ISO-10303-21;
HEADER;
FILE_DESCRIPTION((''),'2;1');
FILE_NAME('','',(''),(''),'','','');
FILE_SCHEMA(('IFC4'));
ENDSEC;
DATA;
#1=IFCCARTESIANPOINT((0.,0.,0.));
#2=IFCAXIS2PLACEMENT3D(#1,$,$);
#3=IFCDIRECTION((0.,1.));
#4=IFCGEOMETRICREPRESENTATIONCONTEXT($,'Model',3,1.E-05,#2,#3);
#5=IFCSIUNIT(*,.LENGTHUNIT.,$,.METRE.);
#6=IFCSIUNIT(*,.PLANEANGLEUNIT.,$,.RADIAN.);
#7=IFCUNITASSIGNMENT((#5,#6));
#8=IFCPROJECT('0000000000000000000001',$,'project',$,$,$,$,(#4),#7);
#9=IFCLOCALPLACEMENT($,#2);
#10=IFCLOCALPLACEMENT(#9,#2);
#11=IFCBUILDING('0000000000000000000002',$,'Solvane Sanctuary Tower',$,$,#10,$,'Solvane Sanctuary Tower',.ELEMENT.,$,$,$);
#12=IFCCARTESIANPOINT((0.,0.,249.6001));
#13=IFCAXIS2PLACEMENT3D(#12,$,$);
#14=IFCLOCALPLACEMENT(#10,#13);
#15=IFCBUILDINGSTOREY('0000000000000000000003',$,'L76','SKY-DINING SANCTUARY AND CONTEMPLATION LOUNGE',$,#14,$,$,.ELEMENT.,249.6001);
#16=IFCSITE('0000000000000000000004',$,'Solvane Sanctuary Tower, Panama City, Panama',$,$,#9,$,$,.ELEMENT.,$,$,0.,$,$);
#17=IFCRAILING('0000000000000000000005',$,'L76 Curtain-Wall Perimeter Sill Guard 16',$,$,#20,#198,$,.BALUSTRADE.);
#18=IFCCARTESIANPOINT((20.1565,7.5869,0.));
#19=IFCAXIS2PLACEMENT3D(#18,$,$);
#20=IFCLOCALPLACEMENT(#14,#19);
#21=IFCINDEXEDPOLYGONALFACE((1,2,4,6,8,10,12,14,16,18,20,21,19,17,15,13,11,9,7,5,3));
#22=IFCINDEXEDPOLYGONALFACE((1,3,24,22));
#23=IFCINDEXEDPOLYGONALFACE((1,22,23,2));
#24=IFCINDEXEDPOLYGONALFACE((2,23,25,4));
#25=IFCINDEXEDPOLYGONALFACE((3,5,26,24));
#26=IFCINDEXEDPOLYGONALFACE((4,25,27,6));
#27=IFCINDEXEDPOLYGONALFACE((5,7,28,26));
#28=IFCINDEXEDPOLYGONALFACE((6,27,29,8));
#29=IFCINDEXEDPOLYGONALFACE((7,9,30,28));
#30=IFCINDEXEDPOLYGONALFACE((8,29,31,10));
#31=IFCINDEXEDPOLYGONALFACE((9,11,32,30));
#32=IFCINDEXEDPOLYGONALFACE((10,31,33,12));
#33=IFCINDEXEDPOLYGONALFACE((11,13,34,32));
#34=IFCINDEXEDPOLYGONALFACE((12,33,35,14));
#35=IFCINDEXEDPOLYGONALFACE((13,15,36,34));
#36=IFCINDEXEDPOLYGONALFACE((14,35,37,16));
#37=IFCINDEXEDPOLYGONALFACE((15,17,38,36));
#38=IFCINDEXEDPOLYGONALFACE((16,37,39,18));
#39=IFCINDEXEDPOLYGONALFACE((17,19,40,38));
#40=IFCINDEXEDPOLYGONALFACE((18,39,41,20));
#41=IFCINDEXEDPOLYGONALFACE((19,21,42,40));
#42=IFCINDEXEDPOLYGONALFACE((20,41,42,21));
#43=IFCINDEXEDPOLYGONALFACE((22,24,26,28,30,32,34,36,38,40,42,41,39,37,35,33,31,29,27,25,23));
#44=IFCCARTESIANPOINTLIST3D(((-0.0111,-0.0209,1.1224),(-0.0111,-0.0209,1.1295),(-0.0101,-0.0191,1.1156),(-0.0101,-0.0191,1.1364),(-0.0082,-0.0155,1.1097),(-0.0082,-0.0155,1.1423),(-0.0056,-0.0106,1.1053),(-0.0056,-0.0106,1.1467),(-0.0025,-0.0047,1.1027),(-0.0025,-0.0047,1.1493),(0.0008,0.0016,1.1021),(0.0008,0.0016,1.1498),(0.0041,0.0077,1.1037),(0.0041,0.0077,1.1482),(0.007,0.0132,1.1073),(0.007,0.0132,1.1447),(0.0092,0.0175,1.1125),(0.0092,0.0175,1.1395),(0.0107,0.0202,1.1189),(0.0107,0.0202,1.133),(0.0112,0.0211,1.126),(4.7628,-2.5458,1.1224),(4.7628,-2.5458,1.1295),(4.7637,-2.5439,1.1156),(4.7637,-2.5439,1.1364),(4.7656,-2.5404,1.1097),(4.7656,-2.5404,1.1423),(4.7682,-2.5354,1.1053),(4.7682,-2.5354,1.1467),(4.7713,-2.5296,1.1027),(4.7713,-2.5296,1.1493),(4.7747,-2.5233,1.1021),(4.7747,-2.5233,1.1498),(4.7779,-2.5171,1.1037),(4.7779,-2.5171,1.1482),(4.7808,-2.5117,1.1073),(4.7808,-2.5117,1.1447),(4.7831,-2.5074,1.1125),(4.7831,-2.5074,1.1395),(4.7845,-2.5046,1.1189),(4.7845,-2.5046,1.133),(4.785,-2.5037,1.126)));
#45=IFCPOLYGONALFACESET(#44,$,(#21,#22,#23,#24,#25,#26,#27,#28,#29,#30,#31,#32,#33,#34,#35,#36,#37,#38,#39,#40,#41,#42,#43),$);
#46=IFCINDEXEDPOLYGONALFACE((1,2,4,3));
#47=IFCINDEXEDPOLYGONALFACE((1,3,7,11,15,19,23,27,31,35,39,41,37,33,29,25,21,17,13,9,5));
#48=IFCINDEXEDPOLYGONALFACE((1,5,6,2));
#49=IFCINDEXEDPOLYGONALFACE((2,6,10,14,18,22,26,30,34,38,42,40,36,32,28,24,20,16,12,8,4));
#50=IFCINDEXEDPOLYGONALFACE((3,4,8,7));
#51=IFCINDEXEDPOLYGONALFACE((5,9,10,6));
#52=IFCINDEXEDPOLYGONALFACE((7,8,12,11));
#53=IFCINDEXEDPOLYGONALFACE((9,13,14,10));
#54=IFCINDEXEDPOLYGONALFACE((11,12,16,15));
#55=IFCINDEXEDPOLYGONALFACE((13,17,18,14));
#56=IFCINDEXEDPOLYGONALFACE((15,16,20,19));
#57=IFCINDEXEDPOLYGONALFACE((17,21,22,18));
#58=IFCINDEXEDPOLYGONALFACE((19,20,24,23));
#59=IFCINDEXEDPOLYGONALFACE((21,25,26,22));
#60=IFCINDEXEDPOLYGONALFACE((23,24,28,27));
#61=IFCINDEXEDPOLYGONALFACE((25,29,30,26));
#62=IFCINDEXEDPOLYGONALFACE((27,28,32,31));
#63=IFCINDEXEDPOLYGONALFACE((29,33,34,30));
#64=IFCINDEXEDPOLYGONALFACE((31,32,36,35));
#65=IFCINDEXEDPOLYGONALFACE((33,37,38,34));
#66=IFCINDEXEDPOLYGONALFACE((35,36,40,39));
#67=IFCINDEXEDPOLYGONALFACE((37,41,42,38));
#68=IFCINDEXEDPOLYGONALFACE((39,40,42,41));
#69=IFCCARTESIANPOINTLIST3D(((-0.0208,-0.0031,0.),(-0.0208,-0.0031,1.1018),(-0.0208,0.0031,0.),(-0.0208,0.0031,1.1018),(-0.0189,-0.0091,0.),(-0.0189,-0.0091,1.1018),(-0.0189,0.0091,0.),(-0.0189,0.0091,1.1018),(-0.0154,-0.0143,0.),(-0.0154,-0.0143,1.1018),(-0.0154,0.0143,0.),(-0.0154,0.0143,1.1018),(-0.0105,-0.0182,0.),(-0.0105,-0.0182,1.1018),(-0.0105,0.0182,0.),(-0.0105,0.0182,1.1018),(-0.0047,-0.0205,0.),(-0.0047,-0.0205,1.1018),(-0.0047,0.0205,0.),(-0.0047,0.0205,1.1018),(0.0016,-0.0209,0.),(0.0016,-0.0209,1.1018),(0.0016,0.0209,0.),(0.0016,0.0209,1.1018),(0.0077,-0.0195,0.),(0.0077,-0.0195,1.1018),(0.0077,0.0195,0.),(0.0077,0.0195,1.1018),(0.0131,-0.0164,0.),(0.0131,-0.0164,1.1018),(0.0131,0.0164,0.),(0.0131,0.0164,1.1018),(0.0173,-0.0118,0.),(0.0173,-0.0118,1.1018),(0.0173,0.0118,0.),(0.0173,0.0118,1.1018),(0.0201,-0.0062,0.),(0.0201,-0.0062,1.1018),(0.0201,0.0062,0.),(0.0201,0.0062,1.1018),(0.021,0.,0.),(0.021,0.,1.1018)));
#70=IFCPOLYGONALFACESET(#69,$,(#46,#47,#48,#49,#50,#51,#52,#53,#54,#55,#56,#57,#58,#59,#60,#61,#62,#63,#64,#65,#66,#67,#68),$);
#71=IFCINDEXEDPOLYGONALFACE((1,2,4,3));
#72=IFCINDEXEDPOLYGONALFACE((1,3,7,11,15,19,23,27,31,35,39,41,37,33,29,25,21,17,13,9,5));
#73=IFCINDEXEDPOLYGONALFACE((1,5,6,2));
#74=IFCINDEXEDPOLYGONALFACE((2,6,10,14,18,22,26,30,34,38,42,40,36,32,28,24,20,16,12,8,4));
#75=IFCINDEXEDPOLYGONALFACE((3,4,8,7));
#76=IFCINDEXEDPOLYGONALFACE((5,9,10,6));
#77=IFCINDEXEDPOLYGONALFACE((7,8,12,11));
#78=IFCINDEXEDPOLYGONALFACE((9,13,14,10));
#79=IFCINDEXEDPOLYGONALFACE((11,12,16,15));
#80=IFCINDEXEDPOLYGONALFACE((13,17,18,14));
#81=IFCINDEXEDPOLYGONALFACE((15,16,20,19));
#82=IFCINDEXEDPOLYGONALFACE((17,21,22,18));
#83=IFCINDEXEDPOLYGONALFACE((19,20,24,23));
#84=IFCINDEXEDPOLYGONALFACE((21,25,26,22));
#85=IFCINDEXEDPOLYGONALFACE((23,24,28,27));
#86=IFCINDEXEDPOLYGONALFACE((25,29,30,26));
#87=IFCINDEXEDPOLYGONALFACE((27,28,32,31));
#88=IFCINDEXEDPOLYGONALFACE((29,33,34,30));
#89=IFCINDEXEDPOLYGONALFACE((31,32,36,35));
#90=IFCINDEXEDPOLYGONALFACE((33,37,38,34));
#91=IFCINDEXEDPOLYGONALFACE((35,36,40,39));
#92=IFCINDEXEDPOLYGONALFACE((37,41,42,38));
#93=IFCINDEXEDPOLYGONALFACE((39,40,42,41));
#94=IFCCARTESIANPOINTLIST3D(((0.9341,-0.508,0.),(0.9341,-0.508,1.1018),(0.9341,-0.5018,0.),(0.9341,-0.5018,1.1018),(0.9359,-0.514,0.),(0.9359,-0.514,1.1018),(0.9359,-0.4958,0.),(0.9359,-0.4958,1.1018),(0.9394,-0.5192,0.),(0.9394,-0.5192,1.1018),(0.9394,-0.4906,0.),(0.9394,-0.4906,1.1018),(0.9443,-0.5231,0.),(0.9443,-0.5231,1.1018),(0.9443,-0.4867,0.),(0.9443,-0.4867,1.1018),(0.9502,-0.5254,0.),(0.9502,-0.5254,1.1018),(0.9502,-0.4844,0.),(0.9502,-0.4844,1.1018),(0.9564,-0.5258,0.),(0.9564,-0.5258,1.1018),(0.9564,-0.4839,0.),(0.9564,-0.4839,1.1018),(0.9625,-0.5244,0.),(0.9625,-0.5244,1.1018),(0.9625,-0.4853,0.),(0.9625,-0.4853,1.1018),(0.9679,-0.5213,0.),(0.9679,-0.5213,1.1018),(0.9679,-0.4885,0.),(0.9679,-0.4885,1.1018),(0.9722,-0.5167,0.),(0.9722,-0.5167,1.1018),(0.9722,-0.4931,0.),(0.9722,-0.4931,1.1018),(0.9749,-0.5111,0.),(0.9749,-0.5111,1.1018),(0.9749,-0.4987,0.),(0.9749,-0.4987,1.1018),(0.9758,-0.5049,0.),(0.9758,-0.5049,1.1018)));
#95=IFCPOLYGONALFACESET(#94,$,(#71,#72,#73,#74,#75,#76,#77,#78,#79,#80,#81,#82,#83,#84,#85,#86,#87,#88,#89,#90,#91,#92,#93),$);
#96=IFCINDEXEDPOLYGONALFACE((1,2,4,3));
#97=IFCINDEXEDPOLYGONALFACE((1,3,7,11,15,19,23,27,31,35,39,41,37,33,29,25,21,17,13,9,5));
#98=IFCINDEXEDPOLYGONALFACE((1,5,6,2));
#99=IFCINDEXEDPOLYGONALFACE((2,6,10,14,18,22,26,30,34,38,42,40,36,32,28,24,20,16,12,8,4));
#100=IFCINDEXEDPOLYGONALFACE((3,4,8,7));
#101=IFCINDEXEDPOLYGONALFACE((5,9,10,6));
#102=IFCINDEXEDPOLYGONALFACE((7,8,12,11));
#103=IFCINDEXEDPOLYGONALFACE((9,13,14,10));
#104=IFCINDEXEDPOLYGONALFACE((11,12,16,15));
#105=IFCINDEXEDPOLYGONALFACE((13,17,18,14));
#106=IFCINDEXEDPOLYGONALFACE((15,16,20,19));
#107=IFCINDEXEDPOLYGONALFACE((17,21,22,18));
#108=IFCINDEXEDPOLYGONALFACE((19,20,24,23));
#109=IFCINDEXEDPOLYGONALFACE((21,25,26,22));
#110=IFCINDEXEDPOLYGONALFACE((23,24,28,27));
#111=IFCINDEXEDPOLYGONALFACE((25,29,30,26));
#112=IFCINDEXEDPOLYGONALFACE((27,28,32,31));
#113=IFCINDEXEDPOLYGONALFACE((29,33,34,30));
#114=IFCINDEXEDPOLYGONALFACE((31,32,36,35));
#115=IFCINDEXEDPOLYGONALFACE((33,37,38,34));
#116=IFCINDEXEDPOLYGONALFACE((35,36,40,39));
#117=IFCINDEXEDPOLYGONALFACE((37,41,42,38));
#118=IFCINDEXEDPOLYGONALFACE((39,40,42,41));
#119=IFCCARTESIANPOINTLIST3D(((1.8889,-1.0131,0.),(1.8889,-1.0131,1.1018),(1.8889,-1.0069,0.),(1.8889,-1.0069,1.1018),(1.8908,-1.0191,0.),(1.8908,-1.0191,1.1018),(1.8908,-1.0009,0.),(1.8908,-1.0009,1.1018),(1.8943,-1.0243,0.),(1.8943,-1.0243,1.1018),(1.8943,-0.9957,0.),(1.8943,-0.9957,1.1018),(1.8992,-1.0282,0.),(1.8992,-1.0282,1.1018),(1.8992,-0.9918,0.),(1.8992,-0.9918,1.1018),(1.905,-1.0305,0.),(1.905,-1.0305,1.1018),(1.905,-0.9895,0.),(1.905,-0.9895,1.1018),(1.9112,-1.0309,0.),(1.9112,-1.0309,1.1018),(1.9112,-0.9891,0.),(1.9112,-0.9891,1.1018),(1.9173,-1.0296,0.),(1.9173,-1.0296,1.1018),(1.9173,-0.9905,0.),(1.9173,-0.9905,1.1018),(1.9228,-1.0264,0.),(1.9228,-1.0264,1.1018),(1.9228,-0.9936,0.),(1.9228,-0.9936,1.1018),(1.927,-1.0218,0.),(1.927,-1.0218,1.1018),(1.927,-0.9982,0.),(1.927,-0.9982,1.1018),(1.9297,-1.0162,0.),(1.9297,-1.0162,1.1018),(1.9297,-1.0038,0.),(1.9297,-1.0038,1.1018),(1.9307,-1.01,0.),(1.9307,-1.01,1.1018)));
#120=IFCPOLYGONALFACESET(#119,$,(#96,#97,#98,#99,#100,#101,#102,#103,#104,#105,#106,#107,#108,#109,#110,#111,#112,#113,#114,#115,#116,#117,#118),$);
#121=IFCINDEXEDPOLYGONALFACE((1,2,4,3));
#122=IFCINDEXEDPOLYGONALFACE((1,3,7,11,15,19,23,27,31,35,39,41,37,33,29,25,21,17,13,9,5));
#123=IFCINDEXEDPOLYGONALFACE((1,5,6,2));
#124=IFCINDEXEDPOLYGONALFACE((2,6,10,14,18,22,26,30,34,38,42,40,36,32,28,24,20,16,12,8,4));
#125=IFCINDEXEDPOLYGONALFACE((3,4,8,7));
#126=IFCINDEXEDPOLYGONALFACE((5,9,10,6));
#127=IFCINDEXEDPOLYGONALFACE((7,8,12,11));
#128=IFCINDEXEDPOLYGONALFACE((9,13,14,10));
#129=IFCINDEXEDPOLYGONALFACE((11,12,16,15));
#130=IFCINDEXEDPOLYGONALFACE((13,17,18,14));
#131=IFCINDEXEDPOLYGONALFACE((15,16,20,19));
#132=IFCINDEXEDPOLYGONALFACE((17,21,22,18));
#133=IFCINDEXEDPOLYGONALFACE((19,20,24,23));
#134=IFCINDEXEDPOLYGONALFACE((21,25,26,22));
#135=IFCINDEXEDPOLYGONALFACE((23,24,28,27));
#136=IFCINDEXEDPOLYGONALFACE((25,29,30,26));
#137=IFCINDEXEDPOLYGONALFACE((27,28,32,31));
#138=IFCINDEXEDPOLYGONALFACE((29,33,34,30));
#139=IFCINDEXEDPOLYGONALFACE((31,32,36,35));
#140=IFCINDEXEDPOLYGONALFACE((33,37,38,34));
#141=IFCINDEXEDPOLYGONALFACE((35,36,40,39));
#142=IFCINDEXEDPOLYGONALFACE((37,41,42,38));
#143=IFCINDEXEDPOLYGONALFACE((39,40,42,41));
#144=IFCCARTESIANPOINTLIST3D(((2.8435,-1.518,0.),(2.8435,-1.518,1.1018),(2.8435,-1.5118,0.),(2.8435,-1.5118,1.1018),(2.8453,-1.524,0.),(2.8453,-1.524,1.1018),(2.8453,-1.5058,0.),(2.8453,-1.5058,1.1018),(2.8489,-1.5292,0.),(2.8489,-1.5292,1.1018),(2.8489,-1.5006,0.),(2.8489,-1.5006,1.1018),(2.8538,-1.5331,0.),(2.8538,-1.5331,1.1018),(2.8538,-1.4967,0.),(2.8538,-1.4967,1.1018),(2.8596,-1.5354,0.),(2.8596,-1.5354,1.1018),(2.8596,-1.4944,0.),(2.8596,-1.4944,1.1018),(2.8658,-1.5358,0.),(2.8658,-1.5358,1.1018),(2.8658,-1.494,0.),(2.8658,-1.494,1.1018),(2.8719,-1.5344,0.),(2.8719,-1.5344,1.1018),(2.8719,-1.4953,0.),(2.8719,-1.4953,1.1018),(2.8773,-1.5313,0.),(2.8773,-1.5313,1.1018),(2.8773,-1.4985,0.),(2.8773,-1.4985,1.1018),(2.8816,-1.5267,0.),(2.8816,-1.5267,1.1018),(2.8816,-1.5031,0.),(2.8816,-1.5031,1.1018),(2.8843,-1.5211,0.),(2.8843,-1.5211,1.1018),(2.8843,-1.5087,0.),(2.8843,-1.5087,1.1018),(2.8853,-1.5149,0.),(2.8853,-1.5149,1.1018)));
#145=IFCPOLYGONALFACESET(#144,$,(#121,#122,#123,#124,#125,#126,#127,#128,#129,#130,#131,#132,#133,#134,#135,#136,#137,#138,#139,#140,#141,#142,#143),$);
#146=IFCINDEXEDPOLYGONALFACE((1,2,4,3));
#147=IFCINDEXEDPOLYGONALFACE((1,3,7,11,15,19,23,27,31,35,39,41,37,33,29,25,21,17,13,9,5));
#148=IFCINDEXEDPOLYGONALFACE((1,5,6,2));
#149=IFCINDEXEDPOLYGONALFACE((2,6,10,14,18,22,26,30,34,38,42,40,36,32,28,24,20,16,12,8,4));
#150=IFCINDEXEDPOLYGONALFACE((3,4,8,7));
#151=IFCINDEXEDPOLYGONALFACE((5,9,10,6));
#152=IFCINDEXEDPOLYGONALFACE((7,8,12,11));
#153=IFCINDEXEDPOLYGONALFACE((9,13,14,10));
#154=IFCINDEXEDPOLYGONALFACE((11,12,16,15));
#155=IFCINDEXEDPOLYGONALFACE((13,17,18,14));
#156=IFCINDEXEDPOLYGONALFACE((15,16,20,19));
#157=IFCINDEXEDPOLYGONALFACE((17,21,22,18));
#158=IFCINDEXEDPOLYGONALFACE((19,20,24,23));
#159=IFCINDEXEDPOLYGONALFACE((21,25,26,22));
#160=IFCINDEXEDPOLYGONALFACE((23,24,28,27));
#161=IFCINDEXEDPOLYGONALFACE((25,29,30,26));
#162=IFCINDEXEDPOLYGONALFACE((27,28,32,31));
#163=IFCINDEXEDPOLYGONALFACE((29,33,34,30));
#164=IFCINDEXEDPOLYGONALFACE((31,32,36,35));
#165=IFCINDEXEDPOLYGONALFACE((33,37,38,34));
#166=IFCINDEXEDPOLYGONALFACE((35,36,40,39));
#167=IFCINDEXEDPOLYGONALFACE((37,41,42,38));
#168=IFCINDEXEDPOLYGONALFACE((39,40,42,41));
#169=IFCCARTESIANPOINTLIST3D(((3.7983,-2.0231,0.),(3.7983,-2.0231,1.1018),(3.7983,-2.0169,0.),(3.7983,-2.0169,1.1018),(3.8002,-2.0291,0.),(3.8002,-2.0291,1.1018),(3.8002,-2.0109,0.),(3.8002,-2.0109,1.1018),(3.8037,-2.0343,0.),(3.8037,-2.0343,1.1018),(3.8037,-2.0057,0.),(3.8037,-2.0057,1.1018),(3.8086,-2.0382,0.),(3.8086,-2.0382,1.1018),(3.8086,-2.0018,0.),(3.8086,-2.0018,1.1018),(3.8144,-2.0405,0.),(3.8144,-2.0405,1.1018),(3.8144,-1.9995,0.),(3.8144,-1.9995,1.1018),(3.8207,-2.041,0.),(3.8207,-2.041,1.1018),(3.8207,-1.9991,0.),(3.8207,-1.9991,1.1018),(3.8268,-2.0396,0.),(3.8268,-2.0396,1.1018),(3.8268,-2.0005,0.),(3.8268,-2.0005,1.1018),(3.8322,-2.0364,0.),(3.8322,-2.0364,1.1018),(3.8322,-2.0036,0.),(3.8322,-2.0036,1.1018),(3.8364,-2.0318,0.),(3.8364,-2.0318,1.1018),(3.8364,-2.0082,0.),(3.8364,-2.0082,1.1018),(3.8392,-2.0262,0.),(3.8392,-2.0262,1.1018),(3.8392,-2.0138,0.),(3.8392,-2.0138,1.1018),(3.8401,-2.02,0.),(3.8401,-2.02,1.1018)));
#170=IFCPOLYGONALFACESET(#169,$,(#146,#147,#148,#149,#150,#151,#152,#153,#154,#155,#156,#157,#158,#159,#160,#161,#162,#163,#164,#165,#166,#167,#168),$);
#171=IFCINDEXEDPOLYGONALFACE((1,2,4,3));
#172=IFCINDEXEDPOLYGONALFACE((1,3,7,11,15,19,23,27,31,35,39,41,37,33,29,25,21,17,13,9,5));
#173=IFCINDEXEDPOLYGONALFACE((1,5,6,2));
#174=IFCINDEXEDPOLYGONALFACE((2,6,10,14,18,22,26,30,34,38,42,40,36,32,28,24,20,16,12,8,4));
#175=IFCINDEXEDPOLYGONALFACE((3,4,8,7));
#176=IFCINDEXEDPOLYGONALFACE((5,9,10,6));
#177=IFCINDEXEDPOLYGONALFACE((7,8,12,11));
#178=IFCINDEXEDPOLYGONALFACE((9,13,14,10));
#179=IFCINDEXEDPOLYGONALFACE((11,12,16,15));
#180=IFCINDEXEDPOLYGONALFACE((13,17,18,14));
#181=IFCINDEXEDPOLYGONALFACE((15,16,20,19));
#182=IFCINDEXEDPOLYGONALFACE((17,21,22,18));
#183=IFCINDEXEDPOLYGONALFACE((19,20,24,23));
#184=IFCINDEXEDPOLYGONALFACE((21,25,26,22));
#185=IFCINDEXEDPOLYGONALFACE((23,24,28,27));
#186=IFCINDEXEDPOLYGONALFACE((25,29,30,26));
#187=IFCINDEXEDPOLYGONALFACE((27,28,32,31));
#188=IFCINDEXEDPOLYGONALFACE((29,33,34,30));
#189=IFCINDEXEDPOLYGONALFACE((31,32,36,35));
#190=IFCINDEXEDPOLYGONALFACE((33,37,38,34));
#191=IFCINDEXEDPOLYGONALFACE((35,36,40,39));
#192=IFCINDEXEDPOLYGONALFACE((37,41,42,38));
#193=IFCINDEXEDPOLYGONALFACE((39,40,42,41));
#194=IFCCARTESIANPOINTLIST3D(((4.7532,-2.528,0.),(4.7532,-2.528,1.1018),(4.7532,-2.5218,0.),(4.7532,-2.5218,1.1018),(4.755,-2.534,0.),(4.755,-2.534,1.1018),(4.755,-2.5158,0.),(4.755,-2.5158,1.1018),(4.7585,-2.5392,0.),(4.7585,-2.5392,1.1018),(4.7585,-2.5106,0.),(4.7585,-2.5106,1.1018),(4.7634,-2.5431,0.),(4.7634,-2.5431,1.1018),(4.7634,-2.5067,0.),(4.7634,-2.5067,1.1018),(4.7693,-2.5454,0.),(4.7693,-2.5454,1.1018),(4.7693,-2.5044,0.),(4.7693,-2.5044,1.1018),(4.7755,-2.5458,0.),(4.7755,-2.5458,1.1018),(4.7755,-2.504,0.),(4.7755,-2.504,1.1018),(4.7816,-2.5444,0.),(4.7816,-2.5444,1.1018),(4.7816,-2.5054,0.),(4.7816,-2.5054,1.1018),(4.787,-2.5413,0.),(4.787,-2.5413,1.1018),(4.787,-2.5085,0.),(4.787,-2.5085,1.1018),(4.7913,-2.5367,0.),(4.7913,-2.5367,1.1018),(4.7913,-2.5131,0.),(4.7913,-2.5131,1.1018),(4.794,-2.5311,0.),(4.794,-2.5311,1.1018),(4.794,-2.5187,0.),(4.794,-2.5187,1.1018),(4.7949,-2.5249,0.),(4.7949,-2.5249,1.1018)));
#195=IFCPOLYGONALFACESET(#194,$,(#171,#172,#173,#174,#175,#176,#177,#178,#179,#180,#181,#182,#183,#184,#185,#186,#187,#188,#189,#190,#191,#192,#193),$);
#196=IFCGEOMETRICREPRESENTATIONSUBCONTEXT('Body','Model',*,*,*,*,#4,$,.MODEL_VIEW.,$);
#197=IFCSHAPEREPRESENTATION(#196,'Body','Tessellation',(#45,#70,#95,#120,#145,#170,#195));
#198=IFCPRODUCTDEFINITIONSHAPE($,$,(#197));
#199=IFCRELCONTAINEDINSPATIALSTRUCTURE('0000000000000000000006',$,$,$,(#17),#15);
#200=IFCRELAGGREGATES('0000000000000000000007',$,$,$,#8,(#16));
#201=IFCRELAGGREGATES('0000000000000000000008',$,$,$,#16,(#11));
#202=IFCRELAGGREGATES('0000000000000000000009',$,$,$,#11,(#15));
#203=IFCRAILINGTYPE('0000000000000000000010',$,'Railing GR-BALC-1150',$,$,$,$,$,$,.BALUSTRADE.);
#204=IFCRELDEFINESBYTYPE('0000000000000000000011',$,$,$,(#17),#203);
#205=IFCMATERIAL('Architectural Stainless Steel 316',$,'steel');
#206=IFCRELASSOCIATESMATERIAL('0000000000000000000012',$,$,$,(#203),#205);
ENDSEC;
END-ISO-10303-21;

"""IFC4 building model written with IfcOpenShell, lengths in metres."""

from ifc_helpers import new_model, si_unit, direction, frame, origin, origin_2d, place, context, subcontext, project, spatial, circle, extrude, material, type_object, element, save


model = new_model("IFC4")

# Units and contexts
model_context = context("Model", 3, precision=1e-05, world=origin(), true_north=direction((0.0, 1.0)))
body_context = subcontext(model_context, "Body", "Model", "MODEL_VIEW")
ifc_project = project(units=[si_unit("LENGTHUNIT", "METRE"), si_unit("PLANEANGLEUNIT", "RADIAN")], contexts=[model_context])

# Site, building, storey
site_placement = place(None, origin())
site = spatial("IfcSite", under=ifc_project, at=site_placement, Name="Solvane Sanctuary Tower, Panama City, Panama", CompositionType="ELEMENT", RefElevation=0.0)
building_placement = place(site_placement, origin())
building = spatial("IfcBuilding", under=site, at=building_placement, Name="Solvane Sanctuary Tower", LongName="Solvane Sanctuary Tower", CompositionType="ELEMENT")
storey_placement = place(building_placement, frame((0.0, 0.0, 249.6001)))
storey = spatial("IfcBuildingStorey", under=building, at=storey_placement, Name="L76", Description="SKY-DINING SANCTUARY AND CONTEMPLATION LOUNGE", CompositionType="ELEMENT", Elevation=249.6001)

# Railing
ifc_material_1 = material(Name="Architectural Stainless Steel 316", Category="steel")
railing_type = type_object("IfcRailingType", Name="Railing GR-BALC-1150", PredefinedType="BALUSTRADE", material=ifc_material_1)
railing_1_placement = place(storey_placement, frame((20.1565, 7.5869, 0.0)))
element("IfcRailing", 1, at=railing_1_placement, inside=storey, type_object=railing_type, Name="L76 Curtain-Wall Perimeter Sill Guard 16", PredefinedType="BALUSTRADE", context=body_context, shape_type="SweptSolid", body=[
    extrude(circle(Radius=0.0239, at=origin_2d()), frame((0.0, 0.0, 1.126), z_axis=(0.883977, -0.46753, 0.0), x_axis=(0.46753, 0.883977, 0.0)), (0.0, 0.0, 1.0), 5.4004),
    extrude(circle(Radius=0.021, at=origin_2d()), origin(), (0.0, 0.0, 1.0), 1.1018),
    extrude(circle(Radius=0.021, at=origin_2d()), frame((0.9548, -0.5049, 0.0)), (0.0, 0.0, 1.0), 1.1018),
    extrude(circle(Radius=0.021, at=origin_2d()), frame((1.9097, -1.01, 0.0)), (0.0, 0.0, 1.0), 1.1018),
    extrude(circle(Radius=0.021, at=origin_2d()), frame((2.8643, -1.5149, 0.0)), (0.0, 0.0, 1.0), 1.1018),
    extrude(circle(Radius=0.021, at=origin_2d()), frame((3.8191, -2.02, 0.0)), (0.0, 0.0, 1.0), 1.1018),
    extrude(circle(Radius=0.021, at=origin_2d()), frame((4.7739, -2.5249, 0.0)), (0.0, 0.0, 1.0), 1.1018),
])

save(model, "model.ifc")
